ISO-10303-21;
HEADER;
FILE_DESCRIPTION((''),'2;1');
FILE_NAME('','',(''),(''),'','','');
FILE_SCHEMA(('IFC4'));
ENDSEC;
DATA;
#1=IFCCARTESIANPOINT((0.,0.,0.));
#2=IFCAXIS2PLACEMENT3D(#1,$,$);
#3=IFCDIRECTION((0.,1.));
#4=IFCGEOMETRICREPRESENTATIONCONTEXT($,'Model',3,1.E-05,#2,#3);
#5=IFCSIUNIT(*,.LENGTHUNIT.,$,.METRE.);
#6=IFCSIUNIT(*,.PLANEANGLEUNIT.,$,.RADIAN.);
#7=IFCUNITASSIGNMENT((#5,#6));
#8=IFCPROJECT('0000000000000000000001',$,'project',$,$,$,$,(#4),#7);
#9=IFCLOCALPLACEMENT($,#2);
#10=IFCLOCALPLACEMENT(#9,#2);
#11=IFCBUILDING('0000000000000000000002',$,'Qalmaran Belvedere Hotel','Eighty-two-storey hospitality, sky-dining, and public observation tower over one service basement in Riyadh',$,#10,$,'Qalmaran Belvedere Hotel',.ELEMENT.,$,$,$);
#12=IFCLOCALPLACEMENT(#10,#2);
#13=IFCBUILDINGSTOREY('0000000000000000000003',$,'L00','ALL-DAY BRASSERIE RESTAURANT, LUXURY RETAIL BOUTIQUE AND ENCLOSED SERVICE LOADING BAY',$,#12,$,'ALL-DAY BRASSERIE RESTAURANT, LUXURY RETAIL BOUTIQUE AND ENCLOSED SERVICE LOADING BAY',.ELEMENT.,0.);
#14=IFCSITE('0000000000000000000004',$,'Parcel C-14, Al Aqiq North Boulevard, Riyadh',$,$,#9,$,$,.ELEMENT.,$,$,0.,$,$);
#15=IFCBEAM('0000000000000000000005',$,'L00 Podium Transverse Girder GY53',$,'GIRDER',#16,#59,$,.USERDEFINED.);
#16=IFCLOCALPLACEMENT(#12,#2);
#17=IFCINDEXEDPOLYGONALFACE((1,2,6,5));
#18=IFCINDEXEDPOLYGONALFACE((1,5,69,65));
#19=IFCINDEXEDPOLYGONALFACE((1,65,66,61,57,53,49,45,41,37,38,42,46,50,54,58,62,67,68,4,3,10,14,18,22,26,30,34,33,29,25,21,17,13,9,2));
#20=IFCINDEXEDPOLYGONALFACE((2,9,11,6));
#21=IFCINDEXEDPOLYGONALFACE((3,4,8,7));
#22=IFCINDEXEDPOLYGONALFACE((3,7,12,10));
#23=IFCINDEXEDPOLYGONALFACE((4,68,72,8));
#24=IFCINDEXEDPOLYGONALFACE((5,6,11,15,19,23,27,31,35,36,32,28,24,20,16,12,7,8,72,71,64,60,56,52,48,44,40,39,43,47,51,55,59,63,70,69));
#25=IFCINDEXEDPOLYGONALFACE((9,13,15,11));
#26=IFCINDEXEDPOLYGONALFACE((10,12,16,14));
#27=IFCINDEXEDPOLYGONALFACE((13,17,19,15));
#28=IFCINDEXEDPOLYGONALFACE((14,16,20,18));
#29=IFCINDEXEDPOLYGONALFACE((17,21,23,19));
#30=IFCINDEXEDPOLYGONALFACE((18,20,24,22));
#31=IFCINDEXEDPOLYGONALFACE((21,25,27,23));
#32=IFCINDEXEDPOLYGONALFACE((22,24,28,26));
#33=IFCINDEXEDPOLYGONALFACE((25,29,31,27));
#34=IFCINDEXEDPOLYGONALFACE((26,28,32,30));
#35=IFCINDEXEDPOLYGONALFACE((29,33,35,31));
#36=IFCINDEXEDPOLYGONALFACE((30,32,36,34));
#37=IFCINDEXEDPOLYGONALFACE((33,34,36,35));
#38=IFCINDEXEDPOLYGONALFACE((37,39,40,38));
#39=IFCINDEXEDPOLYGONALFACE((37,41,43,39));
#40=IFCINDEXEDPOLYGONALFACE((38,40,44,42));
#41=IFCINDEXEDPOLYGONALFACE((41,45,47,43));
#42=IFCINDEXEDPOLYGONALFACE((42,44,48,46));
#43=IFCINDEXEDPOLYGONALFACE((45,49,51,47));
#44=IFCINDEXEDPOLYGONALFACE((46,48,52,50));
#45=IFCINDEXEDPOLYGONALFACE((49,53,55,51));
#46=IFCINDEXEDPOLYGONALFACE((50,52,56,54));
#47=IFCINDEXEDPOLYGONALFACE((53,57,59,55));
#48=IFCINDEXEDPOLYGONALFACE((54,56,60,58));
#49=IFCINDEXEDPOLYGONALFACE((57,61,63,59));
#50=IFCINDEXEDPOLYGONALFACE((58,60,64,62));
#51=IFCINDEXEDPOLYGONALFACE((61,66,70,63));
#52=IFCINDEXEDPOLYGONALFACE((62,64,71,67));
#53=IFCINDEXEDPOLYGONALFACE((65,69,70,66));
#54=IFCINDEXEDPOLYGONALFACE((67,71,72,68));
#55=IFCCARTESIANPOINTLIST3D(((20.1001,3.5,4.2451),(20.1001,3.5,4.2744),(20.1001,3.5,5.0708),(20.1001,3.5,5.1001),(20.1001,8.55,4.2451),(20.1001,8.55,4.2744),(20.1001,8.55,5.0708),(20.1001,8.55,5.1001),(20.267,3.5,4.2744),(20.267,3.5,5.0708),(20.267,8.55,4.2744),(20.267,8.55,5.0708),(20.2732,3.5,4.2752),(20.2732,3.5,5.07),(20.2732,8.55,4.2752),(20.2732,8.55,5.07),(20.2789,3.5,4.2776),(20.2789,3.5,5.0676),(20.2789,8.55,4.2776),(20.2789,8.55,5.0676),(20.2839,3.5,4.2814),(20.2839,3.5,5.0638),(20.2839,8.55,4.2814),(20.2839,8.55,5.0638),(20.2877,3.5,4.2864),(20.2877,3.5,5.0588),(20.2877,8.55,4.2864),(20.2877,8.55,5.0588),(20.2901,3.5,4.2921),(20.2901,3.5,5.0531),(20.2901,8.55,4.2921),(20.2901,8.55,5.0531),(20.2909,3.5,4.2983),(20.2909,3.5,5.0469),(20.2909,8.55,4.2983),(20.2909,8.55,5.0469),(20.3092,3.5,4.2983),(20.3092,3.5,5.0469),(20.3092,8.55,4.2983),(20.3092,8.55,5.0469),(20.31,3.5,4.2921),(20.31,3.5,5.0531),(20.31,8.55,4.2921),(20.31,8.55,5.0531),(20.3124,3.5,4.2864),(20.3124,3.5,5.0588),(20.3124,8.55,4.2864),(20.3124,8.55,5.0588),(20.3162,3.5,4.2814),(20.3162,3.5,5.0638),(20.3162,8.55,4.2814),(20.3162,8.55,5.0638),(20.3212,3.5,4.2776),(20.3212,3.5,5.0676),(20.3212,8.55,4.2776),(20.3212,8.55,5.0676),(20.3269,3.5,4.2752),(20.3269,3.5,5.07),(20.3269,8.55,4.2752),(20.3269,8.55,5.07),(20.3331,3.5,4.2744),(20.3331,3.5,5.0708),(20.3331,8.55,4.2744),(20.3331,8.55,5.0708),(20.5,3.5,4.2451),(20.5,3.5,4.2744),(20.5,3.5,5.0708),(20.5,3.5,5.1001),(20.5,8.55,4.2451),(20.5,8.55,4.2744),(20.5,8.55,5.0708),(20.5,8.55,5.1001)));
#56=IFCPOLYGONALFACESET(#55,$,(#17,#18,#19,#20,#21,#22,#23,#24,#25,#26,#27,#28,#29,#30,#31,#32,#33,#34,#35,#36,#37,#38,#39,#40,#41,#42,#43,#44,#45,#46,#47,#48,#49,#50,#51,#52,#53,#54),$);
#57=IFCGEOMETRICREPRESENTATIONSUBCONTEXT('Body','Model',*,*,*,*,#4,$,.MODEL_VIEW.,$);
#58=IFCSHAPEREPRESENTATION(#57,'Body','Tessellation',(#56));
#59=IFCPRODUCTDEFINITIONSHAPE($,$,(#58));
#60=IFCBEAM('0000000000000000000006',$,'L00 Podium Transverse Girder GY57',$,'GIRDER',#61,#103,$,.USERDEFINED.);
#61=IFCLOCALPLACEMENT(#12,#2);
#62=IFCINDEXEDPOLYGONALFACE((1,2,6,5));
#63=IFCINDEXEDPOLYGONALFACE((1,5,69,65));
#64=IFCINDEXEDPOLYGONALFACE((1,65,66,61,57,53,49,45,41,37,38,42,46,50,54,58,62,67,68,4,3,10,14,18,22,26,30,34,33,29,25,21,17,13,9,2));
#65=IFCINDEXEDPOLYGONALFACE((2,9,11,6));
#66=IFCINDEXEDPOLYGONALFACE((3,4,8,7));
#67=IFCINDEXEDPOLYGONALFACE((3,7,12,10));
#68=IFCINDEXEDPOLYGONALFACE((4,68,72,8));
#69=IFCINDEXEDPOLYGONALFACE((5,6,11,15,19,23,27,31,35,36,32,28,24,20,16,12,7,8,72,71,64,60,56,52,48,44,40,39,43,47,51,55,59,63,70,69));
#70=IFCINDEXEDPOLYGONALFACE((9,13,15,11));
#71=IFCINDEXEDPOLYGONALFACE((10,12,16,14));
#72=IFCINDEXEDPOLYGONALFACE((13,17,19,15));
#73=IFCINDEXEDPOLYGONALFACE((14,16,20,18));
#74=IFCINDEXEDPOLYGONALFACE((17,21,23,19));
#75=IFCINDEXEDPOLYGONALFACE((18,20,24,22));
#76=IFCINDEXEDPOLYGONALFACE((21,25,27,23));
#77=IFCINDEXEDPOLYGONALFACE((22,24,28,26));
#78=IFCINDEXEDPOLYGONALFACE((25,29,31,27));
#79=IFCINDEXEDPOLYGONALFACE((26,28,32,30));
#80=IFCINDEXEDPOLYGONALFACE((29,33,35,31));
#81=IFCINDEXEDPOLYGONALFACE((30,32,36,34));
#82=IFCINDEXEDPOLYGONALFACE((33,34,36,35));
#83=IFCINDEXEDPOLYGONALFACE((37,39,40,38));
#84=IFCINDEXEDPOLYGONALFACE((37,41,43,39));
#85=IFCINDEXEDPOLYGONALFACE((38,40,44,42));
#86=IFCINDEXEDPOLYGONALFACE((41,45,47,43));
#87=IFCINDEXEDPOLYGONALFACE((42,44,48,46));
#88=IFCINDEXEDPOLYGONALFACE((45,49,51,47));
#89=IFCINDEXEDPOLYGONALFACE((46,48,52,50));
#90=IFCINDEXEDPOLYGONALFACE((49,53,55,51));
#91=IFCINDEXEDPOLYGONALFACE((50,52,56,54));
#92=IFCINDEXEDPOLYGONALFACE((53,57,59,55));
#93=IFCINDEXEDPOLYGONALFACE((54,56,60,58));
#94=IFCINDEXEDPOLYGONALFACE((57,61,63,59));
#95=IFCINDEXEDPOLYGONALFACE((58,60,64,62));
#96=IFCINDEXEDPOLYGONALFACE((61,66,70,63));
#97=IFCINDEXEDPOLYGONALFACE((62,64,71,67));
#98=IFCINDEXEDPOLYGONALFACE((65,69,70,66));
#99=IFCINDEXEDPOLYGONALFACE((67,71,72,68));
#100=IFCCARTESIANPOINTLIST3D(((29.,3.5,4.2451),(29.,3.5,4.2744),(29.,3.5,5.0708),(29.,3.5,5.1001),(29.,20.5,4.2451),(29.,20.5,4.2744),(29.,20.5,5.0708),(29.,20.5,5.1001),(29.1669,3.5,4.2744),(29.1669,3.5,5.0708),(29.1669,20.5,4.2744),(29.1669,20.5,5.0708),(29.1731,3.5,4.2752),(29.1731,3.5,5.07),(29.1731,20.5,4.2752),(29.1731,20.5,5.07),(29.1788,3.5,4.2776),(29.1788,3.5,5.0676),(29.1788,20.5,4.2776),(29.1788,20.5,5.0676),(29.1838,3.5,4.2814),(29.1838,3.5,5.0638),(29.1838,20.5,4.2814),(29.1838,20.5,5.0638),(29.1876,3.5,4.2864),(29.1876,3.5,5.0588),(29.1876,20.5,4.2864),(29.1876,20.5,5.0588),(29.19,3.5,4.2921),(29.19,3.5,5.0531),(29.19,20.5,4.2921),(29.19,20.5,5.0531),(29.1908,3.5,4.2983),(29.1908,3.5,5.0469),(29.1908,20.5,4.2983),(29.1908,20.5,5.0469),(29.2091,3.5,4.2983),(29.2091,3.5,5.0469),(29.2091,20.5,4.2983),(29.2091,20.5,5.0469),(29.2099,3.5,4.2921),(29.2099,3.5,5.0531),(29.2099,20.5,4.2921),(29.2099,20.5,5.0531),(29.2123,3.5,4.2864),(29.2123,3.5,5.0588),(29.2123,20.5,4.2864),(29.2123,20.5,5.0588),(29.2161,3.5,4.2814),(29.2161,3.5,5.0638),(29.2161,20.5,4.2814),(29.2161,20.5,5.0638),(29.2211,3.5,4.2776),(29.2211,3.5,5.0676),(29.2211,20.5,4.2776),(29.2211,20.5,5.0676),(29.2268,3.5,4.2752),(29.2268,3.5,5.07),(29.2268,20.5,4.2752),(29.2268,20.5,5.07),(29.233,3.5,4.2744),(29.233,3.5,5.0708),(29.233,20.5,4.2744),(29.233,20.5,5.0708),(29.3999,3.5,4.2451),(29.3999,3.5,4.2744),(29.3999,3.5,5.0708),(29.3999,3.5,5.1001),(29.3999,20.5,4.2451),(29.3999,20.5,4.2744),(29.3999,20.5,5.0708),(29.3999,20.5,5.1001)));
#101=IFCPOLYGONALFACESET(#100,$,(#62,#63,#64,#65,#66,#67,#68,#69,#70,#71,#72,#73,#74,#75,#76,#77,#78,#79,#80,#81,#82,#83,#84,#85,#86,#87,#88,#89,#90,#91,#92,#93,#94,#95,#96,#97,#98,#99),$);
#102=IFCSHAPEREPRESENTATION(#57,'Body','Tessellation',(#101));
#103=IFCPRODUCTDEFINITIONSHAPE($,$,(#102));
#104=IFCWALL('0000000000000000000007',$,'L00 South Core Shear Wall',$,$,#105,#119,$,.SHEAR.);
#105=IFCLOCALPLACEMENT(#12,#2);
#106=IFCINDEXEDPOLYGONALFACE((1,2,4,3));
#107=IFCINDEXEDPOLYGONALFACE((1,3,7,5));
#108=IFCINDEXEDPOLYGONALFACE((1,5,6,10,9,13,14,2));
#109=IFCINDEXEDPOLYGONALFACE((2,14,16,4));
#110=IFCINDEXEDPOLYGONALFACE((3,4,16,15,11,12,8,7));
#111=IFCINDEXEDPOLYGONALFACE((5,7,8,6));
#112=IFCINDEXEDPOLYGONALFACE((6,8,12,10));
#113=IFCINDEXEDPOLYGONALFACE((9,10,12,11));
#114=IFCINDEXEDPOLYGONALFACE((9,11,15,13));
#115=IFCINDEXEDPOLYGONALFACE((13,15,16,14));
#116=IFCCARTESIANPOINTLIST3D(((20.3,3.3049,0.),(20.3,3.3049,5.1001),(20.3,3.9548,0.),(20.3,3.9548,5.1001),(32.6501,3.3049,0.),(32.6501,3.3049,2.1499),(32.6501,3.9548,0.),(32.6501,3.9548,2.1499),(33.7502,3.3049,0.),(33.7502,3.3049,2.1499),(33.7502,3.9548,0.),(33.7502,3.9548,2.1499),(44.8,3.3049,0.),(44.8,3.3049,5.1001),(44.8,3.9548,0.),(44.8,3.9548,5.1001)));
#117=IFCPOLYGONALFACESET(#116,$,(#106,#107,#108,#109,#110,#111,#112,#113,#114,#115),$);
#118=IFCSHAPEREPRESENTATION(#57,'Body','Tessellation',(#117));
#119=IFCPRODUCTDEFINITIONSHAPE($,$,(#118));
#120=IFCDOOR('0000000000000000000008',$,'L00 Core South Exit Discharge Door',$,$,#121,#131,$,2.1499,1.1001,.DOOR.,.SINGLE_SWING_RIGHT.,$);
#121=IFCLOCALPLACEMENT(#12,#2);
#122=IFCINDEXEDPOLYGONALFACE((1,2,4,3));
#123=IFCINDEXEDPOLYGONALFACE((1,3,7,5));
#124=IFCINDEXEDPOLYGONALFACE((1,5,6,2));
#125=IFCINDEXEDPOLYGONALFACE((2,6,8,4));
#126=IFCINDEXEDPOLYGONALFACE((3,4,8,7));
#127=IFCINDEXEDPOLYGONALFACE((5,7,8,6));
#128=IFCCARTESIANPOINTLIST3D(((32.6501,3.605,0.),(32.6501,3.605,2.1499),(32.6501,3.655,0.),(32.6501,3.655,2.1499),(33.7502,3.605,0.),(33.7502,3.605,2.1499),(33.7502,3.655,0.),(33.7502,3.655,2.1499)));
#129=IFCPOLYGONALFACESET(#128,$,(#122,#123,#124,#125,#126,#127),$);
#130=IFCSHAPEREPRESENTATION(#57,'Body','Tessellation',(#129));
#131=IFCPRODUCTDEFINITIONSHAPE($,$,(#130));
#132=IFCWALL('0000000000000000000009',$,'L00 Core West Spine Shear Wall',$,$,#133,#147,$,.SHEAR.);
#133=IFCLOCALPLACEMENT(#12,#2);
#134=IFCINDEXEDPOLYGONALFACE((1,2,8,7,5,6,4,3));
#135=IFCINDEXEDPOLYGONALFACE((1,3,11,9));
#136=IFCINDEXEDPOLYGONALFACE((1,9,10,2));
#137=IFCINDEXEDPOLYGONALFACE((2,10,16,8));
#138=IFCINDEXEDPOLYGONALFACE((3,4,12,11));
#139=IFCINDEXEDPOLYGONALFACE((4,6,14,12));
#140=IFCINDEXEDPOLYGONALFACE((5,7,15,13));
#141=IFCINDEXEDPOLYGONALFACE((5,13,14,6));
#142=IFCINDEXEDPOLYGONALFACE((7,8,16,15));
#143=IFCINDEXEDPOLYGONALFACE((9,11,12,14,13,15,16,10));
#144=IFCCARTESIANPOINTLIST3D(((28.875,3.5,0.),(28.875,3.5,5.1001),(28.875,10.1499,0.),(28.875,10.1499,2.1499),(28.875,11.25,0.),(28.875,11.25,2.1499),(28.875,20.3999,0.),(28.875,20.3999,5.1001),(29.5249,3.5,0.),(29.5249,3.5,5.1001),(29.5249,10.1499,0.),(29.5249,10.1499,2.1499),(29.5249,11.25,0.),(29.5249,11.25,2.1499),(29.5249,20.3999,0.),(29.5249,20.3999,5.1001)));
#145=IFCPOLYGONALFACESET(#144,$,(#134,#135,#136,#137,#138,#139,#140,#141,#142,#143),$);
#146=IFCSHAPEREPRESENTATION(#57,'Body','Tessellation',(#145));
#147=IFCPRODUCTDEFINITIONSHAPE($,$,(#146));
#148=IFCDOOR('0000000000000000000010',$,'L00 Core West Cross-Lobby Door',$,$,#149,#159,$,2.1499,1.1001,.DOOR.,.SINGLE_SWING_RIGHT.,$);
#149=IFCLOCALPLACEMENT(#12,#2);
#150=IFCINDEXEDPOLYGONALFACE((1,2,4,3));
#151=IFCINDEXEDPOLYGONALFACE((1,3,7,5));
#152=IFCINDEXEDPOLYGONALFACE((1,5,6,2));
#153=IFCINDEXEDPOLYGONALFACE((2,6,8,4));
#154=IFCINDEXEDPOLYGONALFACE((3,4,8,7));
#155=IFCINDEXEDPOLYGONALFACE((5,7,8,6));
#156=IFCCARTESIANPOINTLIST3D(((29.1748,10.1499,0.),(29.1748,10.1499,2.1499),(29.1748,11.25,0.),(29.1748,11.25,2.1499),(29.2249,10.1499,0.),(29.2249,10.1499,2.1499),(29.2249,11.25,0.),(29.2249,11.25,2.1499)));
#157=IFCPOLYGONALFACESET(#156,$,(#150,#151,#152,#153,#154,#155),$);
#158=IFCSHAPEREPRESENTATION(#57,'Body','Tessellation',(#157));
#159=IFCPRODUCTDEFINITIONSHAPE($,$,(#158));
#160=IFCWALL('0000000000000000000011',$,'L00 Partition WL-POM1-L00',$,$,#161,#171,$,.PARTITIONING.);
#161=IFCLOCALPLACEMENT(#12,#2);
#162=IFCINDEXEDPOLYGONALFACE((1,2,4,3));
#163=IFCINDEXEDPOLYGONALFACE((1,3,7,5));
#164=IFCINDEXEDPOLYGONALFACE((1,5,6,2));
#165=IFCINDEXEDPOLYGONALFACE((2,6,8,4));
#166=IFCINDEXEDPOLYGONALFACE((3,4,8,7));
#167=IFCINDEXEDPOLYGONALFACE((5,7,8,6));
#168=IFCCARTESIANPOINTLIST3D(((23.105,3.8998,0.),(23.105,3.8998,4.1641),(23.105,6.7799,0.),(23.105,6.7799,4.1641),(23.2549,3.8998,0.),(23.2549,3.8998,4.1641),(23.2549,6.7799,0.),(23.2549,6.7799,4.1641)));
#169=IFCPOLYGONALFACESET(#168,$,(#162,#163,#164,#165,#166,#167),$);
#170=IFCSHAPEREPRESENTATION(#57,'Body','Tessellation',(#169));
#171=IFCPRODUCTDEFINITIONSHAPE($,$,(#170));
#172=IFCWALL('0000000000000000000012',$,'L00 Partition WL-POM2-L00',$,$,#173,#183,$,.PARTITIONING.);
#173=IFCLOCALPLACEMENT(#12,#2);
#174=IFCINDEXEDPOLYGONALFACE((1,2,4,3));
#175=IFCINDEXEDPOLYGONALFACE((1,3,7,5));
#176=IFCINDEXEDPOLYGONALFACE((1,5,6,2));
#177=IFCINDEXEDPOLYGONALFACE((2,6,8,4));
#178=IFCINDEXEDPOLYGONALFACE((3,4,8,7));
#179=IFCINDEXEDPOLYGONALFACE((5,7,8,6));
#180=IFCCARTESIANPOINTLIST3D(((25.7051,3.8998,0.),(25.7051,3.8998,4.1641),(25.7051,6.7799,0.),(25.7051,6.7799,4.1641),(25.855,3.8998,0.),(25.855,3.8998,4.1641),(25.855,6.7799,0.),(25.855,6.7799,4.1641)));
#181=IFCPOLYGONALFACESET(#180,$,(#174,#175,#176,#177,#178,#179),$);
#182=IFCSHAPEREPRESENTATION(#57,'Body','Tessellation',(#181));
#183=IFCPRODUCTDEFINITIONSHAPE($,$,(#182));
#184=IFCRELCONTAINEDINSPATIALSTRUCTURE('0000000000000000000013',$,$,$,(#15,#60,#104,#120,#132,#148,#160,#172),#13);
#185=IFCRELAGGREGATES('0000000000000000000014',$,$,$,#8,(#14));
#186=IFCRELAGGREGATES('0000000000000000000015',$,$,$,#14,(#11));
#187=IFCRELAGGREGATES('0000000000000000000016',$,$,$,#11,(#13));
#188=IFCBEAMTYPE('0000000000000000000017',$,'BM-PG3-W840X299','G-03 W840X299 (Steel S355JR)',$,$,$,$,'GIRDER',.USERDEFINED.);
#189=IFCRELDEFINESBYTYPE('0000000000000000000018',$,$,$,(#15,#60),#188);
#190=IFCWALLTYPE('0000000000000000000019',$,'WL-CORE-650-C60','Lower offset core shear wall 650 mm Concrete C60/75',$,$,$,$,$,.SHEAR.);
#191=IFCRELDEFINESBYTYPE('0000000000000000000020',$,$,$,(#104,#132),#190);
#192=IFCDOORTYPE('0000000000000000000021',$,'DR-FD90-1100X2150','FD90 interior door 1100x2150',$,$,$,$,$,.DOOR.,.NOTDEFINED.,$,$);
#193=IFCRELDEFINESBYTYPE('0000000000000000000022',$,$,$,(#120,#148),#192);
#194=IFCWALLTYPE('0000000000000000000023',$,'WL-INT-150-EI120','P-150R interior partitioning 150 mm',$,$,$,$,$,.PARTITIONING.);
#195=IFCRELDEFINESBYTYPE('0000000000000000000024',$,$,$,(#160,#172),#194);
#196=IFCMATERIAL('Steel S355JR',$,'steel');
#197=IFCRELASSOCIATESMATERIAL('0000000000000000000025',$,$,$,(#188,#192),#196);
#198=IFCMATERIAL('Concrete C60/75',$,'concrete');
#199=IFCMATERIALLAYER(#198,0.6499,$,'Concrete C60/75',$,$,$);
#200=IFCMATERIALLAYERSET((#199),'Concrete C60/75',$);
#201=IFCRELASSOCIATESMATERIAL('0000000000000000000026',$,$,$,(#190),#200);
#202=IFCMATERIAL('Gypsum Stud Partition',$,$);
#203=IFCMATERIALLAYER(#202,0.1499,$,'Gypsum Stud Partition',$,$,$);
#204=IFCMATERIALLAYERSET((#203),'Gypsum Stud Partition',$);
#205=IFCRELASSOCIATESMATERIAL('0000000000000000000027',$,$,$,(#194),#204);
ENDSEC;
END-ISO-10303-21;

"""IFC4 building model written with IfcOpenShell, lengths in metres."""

from ifc_helpers import new_model, si_unit, direction, frame, frame_2d, origin, origin_2d, place, context, subcontext, project, spatial, rectangle, i_section, extrude, material, layer, layer_set, material_profile, profile_set, type_object, element, fill, save


model = new_model("IFC4")

# Units and contexts
model_context = context("Model", 3, precision=1e-05, world=origin(), true_north=direction((0.0, 1.0)))
body_context = subcontext(model_context, "Body", "Model", "MODEL_VIEW")
ifc_project = project(units=[si_unit("LENGTHUNIT", "METRE"), si_unit("PLANEANGLEUNIT", "RADIAN")], contexts=[model_context])

# Site, building, storey
site_placement = place(None, origin())
site = spatial("IfcSite", under=ifc_project, at=site_placement, Name="Parcel C-14, Al Aqiq North Boulevard, Riyadh", CompositionType="ELEMENT", RefElevation=0.0)
building_placement = place(site_placement, origin())
building = spatial("IfcBuilding", under=site, at=building_placement, Name="Qalmaran Belvedere Hotel", Description="Eighty-two-storey hospitality, sky-dining, and public observation tower over one service basement in Riyadh", LongName="Qalmaran Belvedere Hotel", CompositionType="ELEMENT")
storey_placement = place(building_placement, origin())
storey = spatial("IfcBuildingStorey", under=building, at=storey_placement, Name="L00", Description="ALL-DAY BRASSERIE RESTAURANT, LUXURY RETAIL BOUTIQUE AND ENCLOSED SERVICE LOADING BAY", LongName="ALL-DAY BRASSERIE RESTAURANT, LUXURY RETAIL BOUTIQUE AND ENCLOSED SERVICE LOADING BAY", CompositionType="ELEMENT", Elevation=0.0)

# Shared definitions
ifc_material_1 = material(Name="Concrete C60/75", Category="concrete")

# Beams
ifc_material_2 = material(Name="Steel S355JR", Category="steel")
ifc_material_profile_1 = material_profile(ifc_material_2, i_section(OverallWidth=0.3999, OverallDepth=0.855, WebThickness=0.0183, FlangeThickness=0.0293, FilletRadius=0.0239, at=origin_2d()), Name="W840X299")
ifc_profile_set_1 = profile_set([ifc_material_profile_1], Name="Steel S355JR")
beam_type_1 = type_object("IfcBeamType", Name="BM-PG3-W840X299", Description="G-03 W840X299 (Steel S355JR)", ElementType="GIRDER", PredefinedType="USERDEFINED", material=ifc_profile_set_1)
beam_1_placement = place(storey_placement, frame((20.3, 3.5, 4.6726), z_axis=(0.0, 1.0, 0.0), x_axis=(-1.0, 0.0, 0.0)))
element("IfcBeam", 1, at=beam_1_placement, inside=storey, type_object=beam_type_1, Name="L00 Podium Transverse Girder GY53", ObjectType="GIRDER", PredefinedType="USERDEFINED", context=body_context, shape_type="SweptSolid", body=[
    extrude(i_section(OverallWidth=0.3999, OverallDepth=0.855, WebThickness=0.0183, FlangeThickness=0.0293, FilletRadius=0.0239, at=origin_2d()), origin(), (0.0, 0.0, 1.0), 5.05),
])
beam_2_placement = place(storey_placement, frame((29.2, 3.5, 4.6726), z_axis=(0.0, 1.0, 0.0), x_axis=(-1.0, 0.0, 0.0)))
element("IfcBeam", 2, at=beam_2_placement, inside=storey, type_object=beam_type_1, Name="L00 Podium Transverse Girder GY57", ObjectType="GIRDER", PredefinedType="USERDEFINED", context=body_context, shape_type="SweptSolid", body=[
    extrude(i_section(OverallWidth=0.3999, OverallDepth=0.855, WebThickness=0.0183, FlangeThickness=0.0293, FilletRadius=0.0239, at=origin_2d()), origin(), (0.0, 0.0, 1.0), 17.0),
])

# Walls, openings, doors
ifc_layer_1 = layer(ifc_material_1, 0.6499, Name="Concrete C60/75")
ifc_layer_set_1 = layer_set([ifc_layer_1], Name="Concrete C60/75")
wall_type_1 = type_object("IfcWallType", Name="WL-CORE-650-C60", Description="Lower offset core shear wall 650 mm Concrete C60/75", PredefinedType="SHEAR", material=ifc_layer_set_1)
wall_1_placement = place(storey_placement, frame((20.3, 3.6299, 0.0), z_axis=(0.0, 0.0, 1.0), x_axis=(1.0, 0.0, 0.0)))
wall_1 = element("IfcWall", 3, at=wall_1_placement, inside=storey, type_object=wall_type_1, Name="L00 South Core Shear Wall", PredefinedType="SHEAR", context=body_context, shape_type="SweptSolid", body=[
    extrude(rectangle(XDim=24.5, YDim=0.6499, at=frame_2d((12.25, 0.0))), origin(), (0.0, 0.0, 1.0), 5.1001),
])
opening_1_placement = place(wall_1_placement, frame((13.4502, 0.0, 0.0), z_axis=(0.0, 0.0, 1.0), x_axis=(-1.0, 0.0, 0.0)))
opening_1 = element("IfcOpeningElement", 4, at=opening_1_placement, cuts=wall_1, PredefinedType="OPENING", context=body_context, shape_type="SweptSolid", body=[
    extrude(rectangle(XDim=1.1001, YDim=2.1499, at=frame_2d((0.55, 1.075))), frame((0.0, 0.335, 0.0), z_axis=(0.0, -1.0, 0.0), x_axis=(1.0, 0.0, 0.0)), (0.0, 0.0, 1.0), 0.6699),
])
door_type_1 = type_object("IfcDoorType", Name="DR-FD90-1100X2150", Description="FD90 interior door 1100x2150", OperationType="NOTDEFINED", PredefinedType="DOOR", material=ifc_material_2)
door_1_placement = place(opening_1_placement, origin())
door_1 = element("IfcDoor", 5, at=door_1_placement, inside=storey, type_object=door_type_1, Name="L00 Core South Exit Discharge Door", OperationType="SINGLE_SWING_RIGHT", OverallHeight=2.1499, OverallWidth=1.1001, PredefinedType="DOOR", context=body_context, shape_type="SweptSolid", body=[
    extrude(rectangle(XDim=1.1001, YDim=2.1499, at=frame_2d((0.55, 1.075))), frame((0.0, 0.0249, 0.0), z_axis=(0.0, -1.0, 0.0), x_axis=(1.0, 0.0, 0.0)), (0.0, 0.0, 1.0), 0.05),
])
fill(opening_1, door_1)
wall_2_placement = place(storey_placement, frame((29.2, 3.5, 0.0), z_axis=(0.0, 0.0, 1.0), x_axis=(0.0, 1.0, 0.0)))
wall_2 = element("IfcWall", 6, at=wall_2_placement, inside=storey, type_object=wall_type_1, Name="L00 Core West Spine Shear Wall", PredefinedType="SHEAR", context=body_context, shape_type="SweptSolid", body=[
    extrude(rectangle(XDim=16.8999, YDim=0.6499, at=frame_2d((8.45, 0.0))), origin(), (0.0, 0.0, 1.0), 5.1001),
])
opening_2_placement = place(wall_2_placement, frame((7.75, 0.0, 0.0), z_axis=(0.0, 0.0, 1.0), x_axis=(-1.0, 0.0, 0.0)))
opening_2 = element("IfcOpeningElement", 7, at=opening_2_placement, cuts=wall_2, PredefinedType="OPENING", context=body_context, shape_type="SweptSolid", body=[
    extrude(rectangle(XDim=1.1001, YDim=2.1499, at=frame_2d((0.55, 1.075))), frame((0.0, 0.335, 0.0), z_axis=(0.0, -1.0, 0.0), x_axis=(1.0, 0.0, 0.0)), (0.0, 0.0, 1.0), 0.6699),
])
door_2_placement = place(opening_2_placement, origin())
door_2 = element("IfcDoor", 8, at=door_2_placement, inside=storey, type_object=door_type_1, Name="L00 Core West Cross-Lobby Door", OperationType="SINGLE_SWING_RIGHT", OverallHeight=2.1499, OverallWidth=1.1001, PredefinedType="DOOR", context=body_context, shape_type="SweptSolid", body=[
    extrude(rectangle(XDim=1.1001, YDim=2.1499, at=frame_2d((0.55, 1.075))), frame((0.0, 0.0249, 0.0), z_axis=(0.0, -1.0, 0.0), x_axis=(1.0, 0.0, 0.0)), (0.0, 0.0, 1.0), 0.05),
])
fill(opening_2, door_2)

# Walls
ifc_material_3 = material(Name="Gypsum Stud Partition")
ifc_layer_2 = layer(ifc_material_3, 0.1499, Name="Gypsum Stud Partition")
ifc_layer_set_2 = layer_set([ifc_layer_2], Name="Gypsum Stud Partition")
wall_type_2 = type_object("IfcWallType", Name="WL-INT-150-EI120", Description="P-150R interior partitioning 150 mm", PredefinedType="PARTITIONING", material=ifc_layer_set_2)
for number, where, z_axis, x_axis, name in (
    (9, (23.1799, 3.8999, 0.0), (0.0, 0.0, 1.0), (0.0, 1.0, 0.0), "L00 Partition WL-POM1-L00"),
    (10, (25.78, 3.8999, 0.0), (0.0, 0.0, 1.0), (0.0, 1.0, 0.0), "L00 Partition WL-POM2-L00"),
):
    element("IfcWall", number, at=place(storey_placement, frame(where, z_axis=z_axis, x_axis=x_axis)), inside=storey, type_object=wall_type_2, Name=name, PredefinedType="PARTITIONING", context=body_context, shape_type="SweptSolid", body=[
        extrude(rectangle(XDim=2.8801, YDim=0.1499, at=frame_2d((1.4399, 0.0))), origin(), (0.0, 0.0, 1.0), 4.1641),
    ])

save(model, "model.ifc")
